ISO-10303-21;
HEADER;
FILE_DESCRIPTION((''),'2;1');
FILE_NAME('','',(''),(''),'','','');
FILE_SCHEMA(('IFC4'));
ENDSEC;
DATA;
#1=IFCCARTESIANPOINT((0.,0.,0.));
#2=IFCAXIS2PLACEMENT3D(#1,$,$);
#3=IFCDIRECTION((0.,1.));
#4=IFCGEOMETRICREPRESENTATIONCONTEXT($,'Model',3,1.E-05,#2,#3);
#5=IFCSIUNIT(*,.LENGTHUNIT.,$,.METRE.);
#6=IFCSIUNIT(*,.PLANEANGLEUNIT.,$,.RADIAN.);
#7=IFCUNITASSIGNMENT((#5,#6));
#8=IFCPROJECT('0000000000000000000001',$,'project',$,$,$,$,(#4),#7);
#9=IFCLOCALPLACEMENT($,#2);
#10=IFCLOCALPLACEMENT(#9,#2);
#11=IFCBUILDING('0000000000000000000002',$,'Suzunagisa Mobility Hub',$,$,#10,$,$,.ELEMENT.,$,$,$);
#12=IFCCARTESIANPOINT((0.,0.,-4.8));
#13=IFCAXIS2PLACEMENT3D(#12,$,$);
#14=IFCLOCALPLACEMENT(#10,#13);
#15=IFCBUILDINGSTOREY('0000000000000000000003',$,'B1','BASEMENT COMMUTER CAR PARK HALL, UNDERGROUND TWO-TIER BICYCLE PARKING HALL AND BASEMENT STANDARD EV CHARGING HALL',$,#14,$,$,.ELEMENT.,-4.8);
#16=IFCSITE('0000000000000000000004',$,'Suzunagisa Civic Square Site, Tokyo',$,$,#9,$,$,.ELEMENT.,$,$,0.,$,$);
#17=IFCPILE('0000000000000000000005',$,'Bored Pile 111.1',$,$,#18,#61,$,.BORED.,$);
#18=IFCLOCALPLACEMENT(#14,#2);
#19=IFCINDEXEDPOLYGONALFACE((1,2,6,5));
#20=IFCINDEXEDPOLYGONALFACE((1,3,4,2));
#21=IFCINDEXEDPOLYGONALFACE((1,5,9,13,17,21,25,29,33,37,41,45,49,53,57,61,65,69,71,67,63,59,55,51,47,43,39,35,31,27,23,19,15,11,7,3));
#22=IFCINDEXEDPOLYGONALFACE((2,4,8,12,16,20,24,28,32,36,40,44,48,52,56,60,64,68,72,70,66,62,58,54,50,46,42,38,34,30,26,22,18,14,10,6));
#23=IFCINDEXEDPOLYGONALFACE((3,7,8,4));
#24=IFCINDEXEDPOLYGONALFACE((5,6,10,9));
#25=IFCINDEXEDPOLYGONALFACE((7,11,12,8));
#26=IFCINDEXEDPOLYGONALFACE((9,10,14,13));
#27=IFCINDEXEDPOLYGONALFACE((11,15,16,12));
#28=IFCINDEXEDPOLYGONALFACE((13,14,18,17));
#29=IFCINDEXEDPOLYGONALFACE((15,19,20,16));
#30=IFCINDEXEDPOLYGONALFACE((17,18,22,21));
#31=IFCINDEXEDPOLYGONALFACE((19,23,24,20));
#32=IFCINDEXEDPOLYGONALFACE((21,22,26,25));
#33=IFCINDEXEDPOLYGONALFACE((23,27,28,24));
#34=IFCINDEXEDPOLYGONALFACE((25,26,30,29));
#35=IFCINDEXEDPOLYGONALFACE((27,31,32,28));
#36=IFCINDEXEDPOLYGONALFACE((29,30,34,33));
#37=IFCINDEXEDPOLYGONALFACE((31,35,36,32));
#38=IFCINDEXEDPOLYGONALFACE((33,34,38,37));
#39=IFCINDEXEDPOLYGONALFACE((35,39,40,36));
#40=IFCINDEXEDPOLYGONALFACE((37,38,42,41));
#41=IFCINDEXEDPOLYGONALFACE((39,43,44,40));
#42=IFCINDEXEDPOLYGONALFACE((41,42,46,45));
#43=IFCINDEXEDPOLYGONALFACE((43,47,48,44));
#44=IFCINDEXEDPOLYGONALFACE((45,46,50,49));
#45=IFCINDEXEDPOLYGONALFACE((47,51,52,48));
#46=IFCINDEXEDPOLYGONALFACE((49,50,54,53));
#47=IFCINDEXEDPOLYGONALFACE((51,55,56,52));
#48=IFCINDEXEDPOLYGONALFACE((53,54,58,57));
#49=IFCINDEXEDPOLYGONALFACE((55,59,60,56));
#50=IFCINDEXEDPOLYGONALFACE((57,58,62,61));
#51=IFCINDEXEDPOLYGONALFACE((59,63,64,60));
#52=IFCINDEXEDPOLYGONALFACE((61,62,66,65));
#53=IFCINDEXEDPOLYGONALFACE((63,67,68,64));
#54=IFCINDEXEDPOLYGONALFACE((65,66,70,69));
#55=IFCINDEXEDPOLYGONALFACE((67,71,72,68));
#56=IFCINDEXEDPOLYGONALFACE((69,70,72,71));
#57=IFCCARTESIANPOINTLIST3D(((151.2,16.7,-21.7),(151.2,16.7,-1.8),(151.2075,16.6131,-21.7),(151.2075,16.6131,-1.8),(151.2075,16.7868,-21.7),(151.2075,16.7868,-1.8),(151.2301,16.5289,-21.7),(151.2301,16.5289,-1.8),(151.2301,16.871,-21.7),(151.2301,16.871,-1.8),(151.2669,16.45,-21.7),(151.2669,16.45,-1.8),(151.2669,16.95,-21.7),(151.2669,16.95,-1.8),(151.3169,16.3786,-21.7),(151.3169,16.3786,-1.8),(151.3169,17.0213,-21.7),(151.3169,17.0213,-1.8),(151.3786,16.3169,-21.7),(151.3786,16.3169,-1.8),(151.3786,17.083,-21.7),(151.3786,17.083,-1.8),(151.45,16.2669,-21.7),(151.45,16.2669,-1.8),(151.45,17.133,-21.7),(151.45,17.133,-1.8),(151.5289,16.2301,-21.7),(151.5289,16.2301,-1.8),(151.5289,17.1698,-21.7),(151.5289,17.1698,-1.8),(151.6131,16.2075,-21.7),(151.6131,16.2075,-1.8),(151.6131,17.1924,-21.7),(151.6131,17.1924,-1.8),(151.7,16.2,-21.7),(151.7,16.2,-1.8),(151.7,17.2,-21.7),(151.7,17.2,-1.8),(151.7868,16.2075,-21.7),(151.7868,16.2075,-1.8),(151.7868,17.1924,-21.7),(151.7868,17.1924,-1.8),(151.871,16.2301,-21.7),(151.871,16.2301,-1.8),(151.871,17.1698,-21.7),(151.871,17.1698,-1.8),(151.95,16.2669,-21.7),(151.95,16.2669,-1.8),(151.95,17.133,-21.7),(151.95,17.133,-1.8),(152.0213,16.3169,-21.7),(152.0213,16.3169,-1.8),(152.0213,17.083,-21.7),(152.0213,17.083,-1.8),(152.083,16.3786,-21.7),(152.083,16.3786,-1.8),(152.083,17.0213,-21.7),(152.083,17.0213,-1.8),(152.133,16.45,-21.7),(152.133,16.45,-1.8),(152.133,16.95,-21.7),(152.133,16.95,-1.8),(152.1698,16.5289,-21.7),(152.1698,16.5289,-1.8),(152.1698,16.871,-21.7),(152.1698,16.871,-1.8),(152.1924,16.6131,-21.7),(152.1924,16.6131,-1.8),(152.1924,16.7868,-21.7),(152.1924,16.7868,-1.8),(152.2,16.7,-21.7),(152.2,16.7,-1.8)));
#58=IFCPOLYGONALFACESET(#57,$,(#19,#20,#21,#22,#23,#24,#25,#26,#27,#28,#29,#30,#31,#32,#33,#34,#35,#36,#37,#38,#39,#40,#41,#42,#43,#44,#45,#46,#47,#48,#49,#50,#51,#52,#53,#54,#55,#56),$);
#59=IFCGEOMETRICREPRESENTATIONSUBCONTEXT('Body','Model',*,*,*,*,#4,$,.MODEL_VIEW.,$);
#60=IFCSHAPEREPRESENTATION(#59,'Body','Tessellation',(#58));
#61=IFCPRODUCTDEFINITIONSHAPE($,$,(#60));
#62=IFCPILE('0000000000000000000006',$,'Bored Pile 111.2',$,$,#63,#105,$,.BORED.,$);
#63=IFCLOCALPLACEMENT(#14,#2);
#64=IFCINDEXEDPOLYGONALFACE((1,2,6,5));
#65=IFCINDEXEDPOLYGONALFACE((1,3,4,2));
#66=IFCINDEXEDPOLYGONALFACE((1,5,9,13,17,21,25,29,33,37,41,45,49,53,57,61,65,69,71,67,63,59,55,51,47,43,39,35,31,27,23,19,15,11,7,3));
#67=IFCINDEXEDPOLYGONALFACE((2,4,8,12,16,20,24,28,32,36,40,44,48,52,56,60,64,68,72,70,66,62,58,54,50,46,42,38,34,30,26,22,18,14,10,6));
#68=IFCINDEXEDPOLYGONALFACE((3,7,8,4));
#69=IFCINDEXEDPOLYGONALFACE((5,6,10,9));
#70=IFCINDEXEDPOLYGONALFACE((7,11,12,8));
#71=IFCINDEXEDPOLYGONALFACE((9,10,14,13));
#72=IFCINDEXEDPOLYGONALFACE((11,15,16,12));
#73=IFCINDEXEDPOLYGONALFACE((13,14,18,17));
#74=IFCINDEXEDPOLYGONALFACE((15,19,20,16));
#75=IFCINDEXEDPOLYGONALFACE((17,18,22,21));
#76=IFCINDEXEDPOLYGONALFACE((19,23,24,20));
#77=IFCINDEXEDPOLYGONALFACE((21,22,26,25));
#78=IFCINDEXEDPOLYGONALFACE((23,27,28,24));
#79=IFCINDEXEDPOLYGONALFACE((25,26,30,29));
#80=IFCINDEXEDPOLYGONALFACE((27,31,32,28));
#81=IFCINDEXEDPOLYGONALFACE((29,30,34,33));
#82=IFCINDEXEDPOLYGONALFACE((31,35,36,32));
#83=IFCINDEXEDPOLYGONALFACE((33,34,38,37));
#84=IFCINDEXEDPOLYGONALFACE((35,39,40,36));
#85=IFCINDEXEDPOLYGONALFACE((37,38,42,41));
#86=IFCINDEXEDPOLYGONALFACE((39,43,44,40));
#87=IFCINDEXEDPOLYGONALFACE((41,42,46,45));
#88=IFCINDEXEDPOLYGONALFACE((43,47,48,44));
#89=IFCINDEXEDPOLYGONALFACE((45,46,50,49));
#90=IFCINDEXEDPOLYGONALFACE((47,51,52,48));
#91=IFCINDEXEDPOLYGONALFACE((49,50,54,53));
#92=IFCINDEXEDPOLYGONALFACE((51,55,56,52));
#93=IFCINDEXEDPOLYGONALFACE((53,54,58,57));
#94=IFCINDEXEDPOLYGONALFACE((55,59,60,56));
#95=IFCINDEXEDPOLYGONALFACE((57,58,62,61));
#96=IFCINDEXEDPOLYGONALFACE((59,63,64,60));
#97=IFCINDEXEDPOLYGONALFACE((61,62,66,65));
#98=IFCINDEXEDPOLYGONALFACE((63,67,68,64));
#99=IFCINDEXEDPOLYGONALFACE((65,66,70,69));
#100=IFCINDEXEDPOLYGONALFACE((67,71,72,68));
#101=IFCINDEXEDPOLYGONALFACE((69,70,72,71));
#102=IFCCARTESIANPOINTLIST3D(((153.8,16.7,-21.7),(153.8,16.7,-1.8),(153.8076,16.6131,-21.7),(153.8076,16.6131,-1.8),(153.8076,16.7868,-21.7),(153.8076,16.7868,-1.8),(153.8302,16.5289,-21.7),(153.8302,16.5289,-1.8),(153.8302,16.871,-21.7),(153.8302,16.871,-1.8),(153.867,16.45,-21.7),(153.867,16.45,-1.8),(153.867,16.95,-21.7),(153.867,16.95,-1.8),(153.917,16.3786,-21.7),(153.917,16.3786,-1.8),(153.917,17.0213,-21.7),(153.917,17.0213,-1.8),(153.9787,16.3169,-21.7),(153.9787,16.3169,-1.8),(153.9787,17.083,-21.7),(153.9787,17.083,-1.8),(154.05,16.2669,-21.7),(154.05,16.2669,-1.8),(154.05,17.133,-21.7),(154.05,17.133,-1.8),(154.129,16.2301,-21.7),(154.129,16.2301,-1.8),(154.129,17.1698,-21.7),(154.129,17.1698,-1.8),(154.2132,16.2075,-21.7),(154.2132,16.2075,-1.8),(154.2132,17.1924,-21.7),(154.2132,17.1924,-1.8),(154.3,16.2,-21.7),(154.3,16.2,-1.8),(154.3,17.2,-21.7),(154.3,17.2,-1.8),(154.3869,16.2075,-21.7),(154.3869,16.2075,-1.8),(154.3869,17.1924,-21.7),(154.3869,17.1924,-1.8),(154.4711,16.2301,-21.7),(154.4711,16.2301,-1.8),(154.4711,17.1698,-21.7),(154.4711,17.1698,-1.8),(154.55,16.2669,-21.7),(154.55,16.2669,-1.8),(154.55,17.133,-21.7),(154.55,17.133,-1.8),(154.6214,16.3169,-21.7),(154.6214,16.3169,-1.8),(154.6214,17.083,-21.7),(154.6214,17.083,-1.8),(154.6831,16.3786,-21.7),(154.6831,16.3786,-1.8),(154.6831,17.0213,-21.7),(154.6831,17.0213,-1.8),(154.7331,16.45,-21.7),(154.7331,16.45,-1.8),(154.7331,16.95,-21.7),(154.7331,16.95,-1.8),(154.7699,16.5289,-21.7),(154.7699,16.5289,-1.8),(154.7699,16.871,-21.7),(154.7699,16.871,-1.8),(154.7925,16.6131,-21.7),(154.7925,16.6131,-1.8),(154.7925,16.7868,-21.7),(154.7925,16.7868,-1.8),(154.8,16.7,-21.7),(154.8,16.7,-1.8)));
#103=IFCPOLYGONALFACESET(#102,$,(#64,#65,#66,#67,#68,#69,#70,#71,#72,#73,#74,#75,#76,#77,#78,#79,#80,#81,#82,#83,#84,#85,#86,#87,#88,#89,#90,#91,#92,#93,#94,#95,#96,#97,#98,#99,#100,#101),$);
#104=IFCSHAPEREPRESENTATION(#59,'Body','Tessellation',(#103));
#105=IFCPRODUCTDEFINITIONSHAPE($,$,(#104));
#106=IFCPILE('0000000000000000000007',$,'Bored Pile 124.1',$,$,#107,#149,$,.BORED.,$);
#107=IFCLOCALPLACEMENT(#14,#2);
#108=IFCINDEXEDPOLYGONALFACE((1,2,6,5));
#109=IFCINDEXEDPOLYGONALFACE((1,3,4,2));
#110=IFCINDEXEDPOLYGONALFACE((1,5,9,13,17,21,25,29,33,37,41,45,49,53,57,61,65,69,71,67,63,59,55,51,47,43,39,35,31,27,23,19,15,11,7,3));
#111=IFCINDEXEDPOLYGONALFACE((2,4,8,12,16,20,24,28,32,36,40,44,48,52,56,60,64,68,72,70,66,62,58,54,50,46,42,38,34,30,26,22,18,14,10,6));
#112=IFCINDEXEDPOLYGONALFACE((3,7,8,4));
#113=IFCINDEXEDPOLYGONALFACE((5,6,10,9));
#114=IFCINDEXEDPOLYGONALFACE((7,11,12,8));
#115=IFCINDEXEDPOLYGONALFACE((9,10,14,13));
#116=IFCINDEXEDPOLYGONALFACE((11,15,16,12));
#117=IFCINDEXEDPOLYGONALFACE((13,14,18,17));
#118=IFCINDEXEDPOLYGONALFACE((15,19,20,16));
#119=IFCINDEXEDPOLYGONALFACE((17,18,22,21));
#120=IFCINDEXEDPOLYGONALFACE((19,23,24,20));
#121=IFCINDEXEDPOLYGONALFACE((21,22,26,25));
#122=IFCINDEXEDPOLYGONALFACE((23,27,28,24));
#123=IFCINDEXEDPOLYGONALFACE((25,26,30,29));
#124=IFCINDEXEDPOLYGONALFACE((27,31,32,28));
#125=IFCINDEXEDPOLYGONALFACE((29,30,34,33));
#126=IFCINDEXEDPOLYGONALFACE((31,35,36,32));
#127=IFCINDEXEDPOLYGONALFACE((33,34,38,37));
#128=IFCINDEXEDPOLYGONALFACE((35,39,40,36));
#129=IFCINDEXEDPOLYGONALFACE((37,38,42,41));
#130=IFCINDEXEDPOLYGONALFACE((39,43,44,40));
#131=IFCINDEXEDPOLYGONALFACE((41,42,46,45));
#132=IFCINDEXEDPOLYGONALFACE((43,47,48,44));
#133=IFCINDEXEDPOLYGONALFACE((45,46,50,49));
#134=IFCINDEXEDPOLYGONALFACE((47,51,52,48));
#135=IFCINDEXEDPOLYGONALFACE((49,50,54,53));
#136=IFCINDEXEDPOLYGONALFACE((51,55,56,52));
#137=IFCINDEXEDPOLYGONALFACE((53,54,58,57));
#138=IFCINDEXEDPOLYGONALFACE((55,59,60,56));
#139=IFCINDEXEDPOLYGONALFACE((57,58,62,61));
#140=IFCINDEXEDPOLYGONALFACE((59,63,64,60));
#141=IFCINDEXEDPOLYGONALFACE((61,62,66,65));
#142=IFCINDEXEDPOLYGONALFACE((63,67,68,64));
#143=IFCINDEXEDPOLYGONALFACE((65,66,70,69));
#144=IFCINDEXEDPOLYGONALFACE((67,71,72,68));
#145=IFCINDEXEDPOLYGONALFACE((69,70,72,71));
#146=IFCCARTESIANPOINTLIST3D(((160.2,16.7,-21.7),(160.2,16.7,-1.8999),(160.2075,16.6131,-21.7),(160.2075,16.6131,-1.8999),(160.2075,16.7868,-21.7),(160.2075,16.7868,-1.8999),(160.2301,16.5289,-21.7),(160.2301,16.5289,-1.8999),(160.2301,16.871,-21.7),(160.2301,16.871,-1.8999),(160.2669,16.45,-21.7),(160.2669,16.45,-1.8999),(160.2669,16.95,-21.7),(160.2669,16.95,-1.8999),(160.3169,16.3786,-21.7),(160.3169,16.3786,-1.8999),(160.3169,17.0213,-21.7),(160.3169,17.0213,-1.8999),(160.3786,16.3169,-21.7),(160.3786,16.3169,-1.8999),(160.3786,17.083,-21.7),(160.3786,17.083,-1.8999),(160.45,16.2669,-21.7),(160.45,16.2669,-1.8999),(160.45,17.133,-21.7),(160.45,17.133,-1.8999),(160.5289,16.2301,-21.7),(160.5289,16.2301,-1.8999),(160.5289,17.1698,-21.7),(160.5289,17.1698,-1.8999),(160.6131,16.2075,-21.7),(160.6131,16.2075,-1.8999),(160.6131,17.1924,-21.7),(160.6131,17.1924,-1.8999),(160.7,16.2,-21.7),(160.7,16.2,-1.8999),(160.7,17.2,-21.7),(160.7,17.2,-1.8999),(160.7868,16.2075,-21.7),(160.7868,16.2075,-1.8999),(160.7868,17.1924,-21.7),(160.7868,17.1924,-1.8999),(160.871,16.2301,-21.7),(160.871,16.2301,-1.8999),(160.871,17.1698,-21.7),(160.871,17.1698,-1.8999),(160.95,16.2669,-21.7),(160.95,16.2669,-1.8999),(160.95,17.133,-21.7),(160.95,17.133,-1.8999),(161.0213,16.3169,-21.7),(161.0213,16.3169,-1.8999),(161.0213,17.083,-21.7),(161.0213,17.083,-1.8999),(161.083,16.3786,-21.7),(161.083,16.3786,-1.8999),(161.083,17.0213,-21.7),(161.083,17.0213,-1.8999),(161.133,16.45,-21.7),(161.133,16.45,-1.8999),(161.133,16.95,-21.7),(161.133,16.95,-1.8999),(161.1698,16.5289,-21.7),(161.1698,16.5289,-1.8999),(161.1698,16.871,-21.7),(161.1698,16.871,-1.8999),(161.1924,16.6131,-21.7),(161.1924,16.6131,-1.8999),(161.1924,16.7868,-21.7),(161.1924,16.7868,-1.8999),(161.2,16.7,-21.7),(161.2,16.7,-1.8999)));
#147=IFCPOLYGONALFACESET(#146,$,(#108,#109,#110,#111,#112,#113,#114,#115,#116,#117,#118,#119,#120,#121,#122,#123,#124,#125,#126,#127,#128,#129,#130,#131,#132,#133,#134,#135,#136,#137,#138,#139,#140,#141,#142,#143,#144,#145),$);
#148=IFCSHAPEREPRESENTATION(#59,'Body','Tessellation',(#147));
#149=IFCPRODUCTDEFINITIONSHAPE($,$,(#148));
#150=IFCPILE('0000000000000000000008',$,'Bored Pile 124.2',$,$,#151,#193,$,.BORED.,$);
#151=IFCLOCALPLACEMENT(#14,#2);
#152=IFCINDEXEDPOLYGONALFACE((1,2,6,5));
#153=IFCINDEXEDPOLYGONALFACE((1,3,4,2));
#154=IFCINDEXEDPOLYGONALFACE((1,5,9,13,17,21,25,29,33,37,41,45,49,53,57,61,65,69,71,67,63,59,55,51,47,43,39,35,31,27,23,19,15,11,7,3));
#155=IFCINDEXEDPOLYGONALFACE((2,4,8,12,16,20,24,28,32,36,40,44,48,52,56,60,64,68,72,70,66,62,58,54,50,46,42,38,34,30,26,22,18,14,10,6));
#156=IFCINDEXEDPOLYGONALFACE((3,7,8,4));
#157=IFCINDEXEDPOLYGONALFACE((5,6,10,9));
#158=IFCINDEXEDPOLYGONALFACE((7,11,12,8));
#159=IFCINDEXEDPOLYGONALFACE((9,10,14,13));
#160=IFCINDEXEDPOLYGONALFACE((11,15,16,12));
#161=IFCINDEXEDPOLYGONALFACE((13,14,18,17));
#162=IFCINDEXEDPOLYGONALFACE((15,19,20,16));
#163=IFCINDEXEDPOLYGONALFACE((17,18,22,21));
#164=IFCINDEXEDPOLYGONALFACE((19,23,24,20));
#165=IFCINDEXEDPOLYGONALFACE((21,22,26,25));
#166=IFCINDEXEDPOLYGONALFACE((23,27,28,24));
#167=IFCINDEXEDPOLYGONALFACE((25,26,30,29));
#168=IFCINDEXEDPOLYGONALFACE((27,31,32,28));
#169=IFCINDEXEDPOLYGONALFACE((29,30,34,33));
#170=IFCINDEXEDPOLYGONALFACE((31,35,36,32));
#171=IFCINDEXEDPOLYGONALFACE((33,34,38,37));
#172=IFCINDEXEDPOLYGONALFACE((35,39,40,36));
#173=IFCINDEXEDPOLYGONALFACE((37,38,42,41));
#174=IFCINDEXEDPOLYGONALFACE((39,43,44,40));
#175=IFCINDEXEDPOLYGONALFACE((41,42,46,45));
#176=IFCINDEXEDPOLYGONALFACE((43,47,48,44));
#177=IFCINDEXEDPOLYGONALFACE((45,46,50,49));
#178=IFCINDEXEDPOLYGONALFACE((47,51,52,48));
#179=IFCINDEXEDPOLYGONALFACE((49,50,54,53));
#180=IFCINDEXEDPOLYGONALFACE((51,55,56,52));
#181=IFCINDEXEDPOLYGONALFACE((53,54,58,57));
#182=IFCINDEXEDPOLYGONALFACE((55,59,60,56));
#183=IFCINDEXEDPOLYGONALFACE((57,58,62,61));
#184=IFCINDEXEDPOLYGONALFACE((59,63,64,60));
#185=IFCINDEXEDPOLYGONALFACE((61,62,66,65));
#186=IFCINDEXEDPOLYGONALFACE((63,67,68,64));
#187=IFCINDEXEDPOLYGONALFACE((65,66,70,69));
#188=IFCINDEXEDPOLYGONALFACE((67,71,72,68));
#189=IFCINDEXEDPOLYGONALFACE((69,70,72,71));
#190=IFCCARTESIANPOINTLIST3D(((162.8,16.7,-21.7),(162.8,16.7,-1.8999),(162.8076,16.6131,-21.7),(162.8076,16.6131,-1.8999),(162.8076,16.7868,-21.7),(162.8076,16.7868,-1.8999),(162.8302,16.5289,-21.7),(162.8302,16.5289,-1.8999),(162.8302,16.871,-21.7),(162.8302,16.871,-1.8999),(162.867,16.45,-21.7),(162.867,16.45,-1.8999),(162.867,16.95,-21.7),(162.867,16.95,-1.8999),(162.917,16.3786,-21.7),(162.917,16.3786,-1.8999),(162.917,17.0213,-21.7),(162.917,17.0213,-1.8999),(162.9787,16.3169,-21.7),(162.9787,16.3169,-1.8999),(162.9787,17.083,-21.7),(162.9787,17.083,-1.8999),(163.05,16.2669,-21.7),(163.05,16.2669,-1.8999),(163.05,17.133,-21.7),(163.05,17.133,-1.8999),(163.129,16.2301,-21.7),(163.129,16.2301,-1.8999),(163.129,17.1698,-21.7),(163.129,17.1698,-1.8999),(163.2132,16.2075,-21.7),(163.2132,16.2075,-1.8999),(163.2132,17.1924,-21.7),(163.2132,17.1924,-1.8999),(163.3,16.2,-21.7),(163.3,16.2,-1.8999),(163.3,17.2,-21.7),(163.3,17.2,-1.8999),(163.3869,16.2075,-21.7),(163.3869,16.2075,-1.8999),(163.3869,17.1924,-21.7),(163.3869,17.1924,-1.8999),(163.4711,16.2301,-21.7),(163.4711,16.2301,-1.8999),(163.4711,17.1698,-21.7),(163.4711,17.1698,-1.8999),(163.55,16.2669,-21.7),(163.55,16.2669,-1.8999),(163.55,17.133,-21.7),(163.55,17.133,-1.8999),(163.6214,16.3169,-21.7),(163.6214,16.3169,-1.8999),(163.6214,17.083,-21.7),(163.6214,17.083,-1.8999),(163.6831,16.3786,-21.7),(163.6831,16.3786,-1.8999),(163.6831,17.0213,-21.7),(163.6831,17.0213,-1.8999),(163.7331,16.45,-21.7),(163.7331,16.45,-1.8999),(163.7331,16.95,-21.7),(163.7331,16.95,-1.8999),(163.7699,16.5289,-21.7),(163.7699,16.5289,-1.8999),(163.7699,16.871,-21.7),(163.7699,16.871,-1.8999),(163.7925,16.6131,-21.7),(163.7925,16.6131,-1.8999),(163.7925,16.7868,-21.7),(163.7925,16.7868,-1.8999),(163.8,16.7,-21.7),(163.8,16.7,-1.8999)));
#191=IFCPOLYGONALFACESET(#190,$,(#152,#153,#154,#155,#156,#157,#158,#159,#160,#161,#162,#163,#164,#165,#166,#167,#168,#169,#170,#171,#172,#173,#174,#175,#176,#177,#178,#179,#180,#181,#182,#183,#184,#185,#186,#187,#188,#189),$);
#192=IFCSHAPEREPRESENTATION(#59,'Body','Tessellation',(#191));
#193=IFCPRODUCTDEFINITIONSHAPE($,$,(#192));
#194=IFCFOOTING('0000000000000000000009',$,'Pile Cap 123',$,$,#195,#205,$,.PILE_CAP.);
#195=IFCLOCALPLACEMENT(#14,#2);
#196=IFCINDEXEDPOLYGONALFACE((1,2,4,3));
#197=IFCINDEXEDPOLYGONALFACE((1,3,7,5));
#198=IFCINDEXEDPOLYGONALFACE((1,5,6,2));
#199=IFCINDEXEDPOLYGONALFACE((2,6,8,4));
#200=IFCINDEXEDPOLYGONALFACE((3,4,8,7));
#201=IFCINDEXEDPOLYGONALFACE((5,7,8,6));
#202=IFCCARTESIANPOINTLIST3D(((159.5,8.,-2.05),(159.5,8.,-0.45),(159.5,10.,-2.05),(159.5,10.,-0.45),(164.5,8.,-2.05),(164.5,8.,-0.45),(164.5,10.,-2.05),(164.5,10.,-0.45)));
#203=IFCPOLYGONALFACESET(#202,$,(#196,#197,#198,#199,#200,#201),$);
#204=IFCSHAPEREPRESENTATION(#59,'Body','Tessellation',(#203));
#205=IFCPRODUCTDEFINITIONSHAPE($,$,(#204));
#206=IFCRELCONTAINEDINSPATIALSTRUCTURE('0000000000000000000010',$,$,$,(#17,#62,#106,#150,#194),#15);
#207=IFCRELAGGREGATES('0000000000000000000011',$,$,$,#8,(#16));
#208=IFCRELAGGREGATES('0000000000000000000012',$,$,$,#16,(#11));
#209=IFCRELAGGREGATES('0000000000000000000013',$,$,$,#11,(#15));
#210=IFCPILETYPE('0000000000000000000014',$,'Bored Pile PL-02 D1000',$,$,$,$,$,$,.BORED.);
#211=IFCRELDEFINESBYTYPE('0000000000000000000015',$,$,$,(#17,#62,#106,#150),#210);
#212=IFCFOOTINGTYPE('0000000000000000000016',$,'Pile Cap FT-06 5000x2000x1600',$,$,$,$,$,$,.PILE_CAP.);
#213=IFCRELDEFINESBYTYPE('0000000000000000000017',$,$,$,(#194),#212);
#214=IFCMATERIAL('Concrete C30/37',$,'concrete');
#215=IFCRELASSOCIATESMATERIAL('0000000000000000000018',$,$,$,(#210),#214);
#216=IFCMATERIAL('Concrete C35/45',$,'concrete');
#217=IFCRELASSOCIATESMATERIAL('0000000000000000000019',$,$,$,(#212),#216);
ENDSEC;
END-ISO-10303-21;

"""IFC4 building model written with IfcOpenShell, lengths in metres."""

from ifc_helpers import new_model, si_unit, direction, frame, origin, origin_2d, place, context, subcontext, project, spatial, rectangle, circle, extrude, material, material_profile, profile_set, type_object, element, save


model = new_model("IFC4")

# Units and contexts
model_context = context("Model", 3, precision=1e-05, world=origin(), true_north=direction((0.0, 1.0)))
body_context = subcontext(model_context, "Body", "Model", "MODEL_VIEW")
ifc_project = project(units=[si_unit("LENGTHUNIT", "METRE"), si_unit("PLANEANGLEUNIT", "RADIAN")], contexts=[model_context])

# Site, building, storey
site_placement = place(None, origin())
site = spatial("IfcSite", under=ifc_project, at=site_placement, Name="Suzunagisa Civic Square Site, Tokyo", CompositionType="ELEMENT", RefElevation=0.0)
building_placement = place(site_placement, origin())
building = spatial("IfcBuilding", under=site, at=building_placement, Name="Suzunagisa Mobility Hub", CompositionType="ELEMENT")
storey_placement = place(building_placement, frame((0.0, 0.0, -4.8)))
storey = spatial("IfcBuildingStorey", under=building, at=storey_placement, Name="B1", Description="BASEMENT COMMUTER CAR PARK HALL, UNDERGROUND TWO-TIER BICYCLE PARKING HALL AND BASEMENT STANDARD EV CHARGING HALL", CompositionType="ELEMENT", Elevation=-4.8)

# Piles
ifc_material_1 = material(Name="Concrete C30/37", Category="concrete")
ifc_material_profile_1 = material_profile(ifc_material_1, circle(Radius=0.5, at=origin_2d()), Name="BORED PILE D1000")
ifc_profile_set_1 = profile_set([ifc_material_profile_1], Name="Concrete C30/37")
pile_type_1 = type_object("IfcPileType", Name="Bored Pile PL-02 D1000", PredefinedType="BORED", material=ifc_profile_set_1)
for number, where, z_axis, x_axis, name in (
    (1, (151.7, 16.7, -1.8), (0.0, 0.0, -1.0), (1.0, 0.0, 0.0), "Bored Pile 111.1"),
    (2, (154.3, 16.7, -1.8), (0.0, 0.0, -1.0), (1.0, 0.0, 0.0), "Bored Pile 111.2"),
):
    element("IfcPile", number, at=place(storey_placement, frame(where, z_axis=z_axis, x_axis=x_axis)), inside=storey, type_object=pile_type_1, Name=name, PredefinedType="BORED", context=body_context, shape_type="SweptSolid", body=[
        extrude(circle(Radius=0.5, at=origin_2d()), origin(), (0.0, 0.0, 1.0), 19.8999),
    ])
for number, where, z_axis, x_axis, name in (
    (3, (160.7, 16.7, -1.8999), (0.0, 0.0, -1.0), (1.0, 0.0, 0.0), "Bored Pile 124.1"),
    (4, (163.3, 16.7, -1.8999), (0.0, 0.0, -1.0), (1.0, 0.0, 0.0), "Bored Pile 124.2"),
):
    element("IfcPile", number, at=place(storey_placement, frame(where, z_axis=z_axis, x_axis=x_axis)), inside=storey, type_object=pile_type_1, Name=name, PredefinedType="BORED", context=body_context, shape_type="SweptSolid", body=[
        extrude(circle(Radius=0.5, at=origin_2d()), origin(), (0.0, 0.0, 1.0), 19.8),
    ])

# Footing
ifc_material_2 = material(Name="Concrete C35/45", Category="concrete")
footing_type_1 = type_object("IfcFootingType", Name="Pile Cap FT-06 5000x2000x1600", PredefinedType="PILE_CAP", material=ifc_material_2)
footing_1_placement = place(storey_placement, frame((162.0, 9.0, -2.05), z_axis=(0.0, 0.0, 1.0), x_axis=(1.0, 0.0, 0.0)))
element("IfcFooting", 5, at=footing_1_placement, inside=storey, type_object=footing_type_1, Name="Pile Cap 123", PredefinedType="PILE_CAP", context=body_context, shape_type="SweptSolid", body=[
    extrude(rectangle(XDim=5.0, YDim=2.0, at=origin_2d()), origin(), (0.0, 0.0, 1.0), 1.6001),
])

save(model, "model.ifc")
